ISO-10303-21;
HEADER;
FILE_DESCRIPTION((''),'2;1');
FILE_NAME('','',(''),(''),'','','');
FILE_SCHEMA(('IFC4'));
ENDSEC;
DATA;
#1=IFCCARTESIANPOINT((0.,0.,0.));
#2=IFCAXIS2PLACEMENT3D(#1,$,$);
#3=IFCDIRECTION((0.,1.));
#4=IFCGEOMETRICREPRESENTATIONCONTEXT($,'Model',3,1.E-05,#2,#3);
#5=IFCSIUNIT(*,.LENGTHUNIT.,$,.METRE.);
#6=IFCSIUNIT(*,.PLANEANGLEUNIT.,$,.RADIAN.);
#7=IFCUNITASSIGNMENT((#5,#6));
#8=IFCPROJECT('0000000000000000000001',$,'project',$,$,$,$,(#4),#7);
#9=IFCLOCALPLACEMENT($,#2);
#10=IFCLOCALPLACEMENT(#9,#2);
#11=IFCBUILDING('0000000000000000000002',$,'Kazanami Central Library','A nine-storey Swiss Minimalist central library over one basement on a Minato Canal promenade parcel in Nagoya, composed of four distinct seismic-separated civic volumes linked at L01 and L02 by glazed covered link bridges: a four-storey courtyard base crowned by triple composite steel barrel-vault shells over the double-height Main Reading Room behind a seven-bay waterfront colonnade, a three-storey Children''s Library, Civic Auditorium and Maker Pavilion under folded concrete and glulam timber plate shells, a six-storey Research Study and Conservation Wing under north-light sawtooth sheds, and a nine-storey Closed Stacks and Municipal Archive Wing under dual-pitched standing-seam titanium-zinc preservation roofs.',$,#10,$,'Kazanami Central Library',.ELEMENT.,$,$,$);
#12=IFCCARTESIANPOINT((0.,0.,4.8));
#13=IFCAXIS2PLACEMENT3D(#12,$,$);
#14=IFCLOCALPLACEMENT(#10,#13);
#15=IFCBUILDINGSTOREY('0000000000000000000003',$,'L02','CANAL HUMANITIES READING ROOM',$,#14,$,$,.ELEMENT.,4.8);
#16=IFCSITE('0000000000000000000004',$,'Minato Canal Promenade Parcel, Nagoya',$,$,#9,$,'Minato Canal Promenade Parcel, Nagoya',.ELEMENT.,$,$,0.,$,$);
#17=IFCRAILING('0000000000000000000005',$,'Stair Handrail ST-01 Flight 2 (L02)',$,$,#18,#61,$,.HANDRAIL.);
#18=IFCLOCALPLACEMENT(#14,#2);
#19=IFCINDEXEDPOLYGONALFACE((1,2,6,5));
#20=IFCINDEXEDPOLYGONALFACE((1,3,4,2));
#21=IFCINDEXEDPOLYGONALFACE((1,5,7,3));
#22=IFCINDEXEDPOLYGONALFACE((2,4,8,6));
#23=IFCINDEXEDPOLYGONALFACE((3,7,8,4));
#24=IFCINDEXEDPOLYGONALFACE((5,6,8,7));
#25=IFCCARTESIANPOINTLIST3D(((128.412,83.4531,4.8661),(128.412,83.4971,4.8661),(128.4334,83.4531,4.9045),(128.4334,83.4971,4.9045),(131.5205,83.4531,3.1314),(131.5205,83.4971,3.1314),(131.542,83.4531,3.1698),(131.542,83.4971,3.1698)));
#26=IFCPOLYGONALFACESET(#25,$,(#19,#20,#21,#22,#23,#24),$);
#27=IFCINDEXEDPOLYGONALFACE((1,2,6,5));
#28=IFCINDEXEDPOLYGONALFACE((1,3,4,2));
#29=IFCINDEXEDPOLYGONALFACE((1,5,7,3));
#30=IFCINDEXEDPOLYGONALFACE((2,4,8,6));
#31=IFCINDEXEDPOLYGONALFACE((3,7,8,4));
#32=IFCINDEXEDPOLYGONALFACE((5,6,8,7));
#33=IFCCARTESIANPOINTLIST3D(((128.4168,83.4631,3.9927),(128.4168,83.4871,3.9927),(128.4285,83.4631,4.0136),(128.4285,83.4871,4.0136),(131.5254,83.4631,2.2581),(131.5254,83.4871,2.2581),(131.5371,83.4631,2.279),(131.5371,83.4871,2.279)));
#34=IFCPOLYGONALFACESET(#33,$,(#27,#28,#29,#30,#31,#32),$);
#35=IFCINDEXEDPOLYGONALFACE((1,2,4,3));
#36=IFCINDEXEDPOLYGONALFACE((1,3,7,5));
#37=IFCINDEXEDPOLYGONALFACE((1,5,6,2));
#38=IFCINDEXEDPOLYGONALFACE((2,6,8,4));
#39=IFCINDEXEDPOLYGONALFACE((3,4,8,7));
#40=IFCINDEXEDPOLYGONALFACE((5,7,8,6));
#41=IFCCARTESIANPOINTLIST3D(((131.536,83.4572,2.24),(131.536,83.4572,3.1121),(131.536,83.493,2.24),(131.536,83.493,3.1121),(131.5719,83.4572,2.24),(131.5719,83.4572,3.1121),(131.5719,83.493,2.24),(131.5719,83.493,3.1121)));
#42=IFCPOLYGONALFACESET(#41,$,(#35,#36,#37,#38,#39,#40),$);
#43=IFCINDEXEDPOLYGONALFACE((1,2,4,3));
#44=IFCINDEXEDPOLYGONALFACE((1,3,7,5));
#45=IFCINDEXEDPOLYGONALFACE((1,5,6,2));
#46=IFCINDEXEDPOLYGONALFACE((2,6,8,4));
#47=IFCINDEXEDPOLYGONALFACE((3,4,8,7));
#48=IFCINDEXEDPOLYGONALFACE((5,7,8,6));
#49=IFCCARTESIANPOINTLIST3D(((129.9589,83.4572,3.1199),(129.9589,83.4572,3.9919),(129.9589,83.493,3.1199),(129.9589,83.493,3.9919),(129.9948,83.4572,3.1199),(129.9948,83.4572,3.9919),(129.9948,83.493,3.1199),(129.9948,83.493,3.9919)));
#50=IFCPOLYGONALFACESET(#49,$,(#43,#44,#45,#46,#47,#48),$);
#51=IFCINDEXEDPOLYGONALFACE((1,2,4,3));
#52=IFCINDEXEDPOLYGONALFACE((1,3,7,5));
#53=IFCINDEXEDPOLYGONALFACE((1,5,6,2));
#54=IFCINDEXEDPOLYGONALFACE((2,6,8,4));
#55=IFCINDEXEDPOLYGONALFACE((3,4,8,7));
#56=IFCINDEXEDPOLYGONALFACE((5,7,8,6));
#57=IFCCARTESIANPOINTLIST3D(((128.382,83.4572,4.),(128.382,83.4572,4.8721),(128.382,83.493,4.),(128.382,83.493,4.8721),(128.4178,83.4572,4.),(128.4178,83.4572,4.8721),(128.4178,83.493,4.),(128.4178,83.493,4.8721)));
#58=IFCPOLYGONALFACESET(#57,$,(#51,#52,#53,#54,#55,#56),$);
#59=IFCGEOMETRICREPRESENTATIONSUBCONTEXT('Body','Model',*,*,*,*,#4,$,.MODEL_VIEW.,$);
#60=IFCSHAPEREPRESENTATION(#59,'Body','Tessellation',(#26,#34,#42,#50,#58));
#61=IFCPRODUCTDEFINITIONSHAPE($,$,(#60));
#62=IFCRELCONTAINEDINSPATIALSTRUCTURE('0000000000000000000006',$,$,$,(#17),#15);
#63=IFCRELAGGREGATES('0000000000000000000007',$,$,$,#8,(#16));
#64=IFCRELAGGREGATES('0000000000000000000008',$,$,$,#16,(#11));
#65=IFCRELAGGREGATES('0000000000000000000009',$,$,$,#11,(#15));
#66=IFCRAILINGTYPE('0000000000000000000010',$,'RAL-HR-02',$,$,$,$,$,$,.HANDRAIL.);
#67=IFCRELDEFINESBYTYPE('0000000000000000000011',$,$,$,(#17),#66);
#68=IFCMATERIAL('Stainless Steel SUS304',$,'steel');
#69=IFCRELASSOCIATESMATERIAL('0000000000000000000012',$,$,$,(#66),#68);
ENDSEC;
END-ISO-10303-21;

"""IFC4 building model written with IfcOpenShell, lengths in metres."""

from ifc_helpers import new_model, si_unit, direction, frame, origin, origin_2d, place, context, subcontext, project, spatial, rectangle, extrude, material, type_object, element, save


model = new_model("IFC4")

# Units and contexts
model_context = context("Model", 3, precision=1e-05, world=origin(), true_north=direction((0.0, 1.0)))
body_context = subcontext(model_context, "Body", "Model", "MODEL_VIEW")
ifc_project = project(units=[si_unit("LENGTHUNIT", "METRE"), si_unit("PLANEANGLEUNIT", "RADIAN")], contexts=[model_context])

# Site, building, storey
site_placement = place(None, origin())
site = spatial("IfcSite", under=ifc_project, at=site_placement, Name="Minato Canal Promenade Parcel, Nagoya", LongName="Minato Canal Promenade Parcel, Nagoya", CompositionType="ELEMENT", RefElevation=0.0)
building_placement = place(site_placement, origin())
building = spatial("IfcBuilding", under=site, at=building_placement, Name="Kazanami Central Library", Description="A nine-storey Swiss Minimalist central library over one basement on a Minato Canal promenade parcel in Nagoya, composed of four distinct seismic-separated civic volumes linked at L01 and L02 by glazed covered link bridges: a four-storey courtyard base crowned by triple composite steel barrel-vault shells over the double-height Main Reading Room behind a seven-bay waterfront colonnade, a three-storey Children's Library, Civic Auditorium and Maker Pavilion under folded concrete and glulam timber plate shells, a six-storey Research Study and Conservation Wing under north-light sawtooth sheds, and a nine-storey Closed Stacks and Municipal Archive Wing under dual-pitched standing-seam titanium-zinc preservation roofs.", LongName="Kazanami Central Library", CompositionType="ELEMENT")
storey_placement = place(building_placement, frame((0.0, 0.0, 4.8)))
storey = spatial("IfcBuildingStorey", under=building, at=storey_placement, Name="L02", Description="CANAL HUMANITIES READING ROOM", CompositionType="ELEMENT", Elevation=4.8)

# Railing
ifc_material_1 = material(Name="Stainless Steel SUS304", Category="steel")
railing_type_1 = type_object("IfcRailingType", Name="RAL-HR-02", PredefinedType="HANDRAIL", material=ifc_material_1)
railing_1_placement = place(storey_placement, frame((131.554, 83.4751, 2.24)))
element("IfcRailing", 1, at=railing_1_placement, inside=storey, type_object=railing_type_1, Name="Stair Handrail ST-01 Flight 2 (L02)", PredefinedType="HANDRAIL", context=body_context, shape_type="SweptSolid", body=[
    extrude(rectangle(XDim=0.0439, YDim=0.0439, at=origin_2d()), frame((-0.0227, 0.0, 0.9106), z_axis=(-0.873244, 0.0, 0.487283), x_axis=(0.0, -1.0, 0.0)), (0.0, 0.0, 1.0), 3.5598),
    extrude(rectangle(XDim=0.0239, YDim=0.0239, at=origin_2d()), frame((-0.0227, 0.0, 0.0286), z_axis=(-0.873244, 0.0, 0.487283), x_axis=(0.0, -1.0, 0.0)), (0.0, 0.0, 1.0), 3.5598),
    extrude(rectangle(XDim=0.0359, YDim=0.0359, at=origin_2d()), origin(), (0.0, 0.0, 1.0), 0.8721),
    extrude(rectangle(XDim=0.0359, YDim=0.0359, at=origin_2d()), frame((-1.5771, 0.0, 0.8799)), (0.0, 0.0, 1.0), 0.8721),
    extrude(rectangle(XDim=0.0359, YDim=0.0359, at=origin_2d()), frame((-3.1541, 0.0, 1.76)), (0.0, 0.0, 1.0), 0.8721),
])

save(model, "model.ifc")
